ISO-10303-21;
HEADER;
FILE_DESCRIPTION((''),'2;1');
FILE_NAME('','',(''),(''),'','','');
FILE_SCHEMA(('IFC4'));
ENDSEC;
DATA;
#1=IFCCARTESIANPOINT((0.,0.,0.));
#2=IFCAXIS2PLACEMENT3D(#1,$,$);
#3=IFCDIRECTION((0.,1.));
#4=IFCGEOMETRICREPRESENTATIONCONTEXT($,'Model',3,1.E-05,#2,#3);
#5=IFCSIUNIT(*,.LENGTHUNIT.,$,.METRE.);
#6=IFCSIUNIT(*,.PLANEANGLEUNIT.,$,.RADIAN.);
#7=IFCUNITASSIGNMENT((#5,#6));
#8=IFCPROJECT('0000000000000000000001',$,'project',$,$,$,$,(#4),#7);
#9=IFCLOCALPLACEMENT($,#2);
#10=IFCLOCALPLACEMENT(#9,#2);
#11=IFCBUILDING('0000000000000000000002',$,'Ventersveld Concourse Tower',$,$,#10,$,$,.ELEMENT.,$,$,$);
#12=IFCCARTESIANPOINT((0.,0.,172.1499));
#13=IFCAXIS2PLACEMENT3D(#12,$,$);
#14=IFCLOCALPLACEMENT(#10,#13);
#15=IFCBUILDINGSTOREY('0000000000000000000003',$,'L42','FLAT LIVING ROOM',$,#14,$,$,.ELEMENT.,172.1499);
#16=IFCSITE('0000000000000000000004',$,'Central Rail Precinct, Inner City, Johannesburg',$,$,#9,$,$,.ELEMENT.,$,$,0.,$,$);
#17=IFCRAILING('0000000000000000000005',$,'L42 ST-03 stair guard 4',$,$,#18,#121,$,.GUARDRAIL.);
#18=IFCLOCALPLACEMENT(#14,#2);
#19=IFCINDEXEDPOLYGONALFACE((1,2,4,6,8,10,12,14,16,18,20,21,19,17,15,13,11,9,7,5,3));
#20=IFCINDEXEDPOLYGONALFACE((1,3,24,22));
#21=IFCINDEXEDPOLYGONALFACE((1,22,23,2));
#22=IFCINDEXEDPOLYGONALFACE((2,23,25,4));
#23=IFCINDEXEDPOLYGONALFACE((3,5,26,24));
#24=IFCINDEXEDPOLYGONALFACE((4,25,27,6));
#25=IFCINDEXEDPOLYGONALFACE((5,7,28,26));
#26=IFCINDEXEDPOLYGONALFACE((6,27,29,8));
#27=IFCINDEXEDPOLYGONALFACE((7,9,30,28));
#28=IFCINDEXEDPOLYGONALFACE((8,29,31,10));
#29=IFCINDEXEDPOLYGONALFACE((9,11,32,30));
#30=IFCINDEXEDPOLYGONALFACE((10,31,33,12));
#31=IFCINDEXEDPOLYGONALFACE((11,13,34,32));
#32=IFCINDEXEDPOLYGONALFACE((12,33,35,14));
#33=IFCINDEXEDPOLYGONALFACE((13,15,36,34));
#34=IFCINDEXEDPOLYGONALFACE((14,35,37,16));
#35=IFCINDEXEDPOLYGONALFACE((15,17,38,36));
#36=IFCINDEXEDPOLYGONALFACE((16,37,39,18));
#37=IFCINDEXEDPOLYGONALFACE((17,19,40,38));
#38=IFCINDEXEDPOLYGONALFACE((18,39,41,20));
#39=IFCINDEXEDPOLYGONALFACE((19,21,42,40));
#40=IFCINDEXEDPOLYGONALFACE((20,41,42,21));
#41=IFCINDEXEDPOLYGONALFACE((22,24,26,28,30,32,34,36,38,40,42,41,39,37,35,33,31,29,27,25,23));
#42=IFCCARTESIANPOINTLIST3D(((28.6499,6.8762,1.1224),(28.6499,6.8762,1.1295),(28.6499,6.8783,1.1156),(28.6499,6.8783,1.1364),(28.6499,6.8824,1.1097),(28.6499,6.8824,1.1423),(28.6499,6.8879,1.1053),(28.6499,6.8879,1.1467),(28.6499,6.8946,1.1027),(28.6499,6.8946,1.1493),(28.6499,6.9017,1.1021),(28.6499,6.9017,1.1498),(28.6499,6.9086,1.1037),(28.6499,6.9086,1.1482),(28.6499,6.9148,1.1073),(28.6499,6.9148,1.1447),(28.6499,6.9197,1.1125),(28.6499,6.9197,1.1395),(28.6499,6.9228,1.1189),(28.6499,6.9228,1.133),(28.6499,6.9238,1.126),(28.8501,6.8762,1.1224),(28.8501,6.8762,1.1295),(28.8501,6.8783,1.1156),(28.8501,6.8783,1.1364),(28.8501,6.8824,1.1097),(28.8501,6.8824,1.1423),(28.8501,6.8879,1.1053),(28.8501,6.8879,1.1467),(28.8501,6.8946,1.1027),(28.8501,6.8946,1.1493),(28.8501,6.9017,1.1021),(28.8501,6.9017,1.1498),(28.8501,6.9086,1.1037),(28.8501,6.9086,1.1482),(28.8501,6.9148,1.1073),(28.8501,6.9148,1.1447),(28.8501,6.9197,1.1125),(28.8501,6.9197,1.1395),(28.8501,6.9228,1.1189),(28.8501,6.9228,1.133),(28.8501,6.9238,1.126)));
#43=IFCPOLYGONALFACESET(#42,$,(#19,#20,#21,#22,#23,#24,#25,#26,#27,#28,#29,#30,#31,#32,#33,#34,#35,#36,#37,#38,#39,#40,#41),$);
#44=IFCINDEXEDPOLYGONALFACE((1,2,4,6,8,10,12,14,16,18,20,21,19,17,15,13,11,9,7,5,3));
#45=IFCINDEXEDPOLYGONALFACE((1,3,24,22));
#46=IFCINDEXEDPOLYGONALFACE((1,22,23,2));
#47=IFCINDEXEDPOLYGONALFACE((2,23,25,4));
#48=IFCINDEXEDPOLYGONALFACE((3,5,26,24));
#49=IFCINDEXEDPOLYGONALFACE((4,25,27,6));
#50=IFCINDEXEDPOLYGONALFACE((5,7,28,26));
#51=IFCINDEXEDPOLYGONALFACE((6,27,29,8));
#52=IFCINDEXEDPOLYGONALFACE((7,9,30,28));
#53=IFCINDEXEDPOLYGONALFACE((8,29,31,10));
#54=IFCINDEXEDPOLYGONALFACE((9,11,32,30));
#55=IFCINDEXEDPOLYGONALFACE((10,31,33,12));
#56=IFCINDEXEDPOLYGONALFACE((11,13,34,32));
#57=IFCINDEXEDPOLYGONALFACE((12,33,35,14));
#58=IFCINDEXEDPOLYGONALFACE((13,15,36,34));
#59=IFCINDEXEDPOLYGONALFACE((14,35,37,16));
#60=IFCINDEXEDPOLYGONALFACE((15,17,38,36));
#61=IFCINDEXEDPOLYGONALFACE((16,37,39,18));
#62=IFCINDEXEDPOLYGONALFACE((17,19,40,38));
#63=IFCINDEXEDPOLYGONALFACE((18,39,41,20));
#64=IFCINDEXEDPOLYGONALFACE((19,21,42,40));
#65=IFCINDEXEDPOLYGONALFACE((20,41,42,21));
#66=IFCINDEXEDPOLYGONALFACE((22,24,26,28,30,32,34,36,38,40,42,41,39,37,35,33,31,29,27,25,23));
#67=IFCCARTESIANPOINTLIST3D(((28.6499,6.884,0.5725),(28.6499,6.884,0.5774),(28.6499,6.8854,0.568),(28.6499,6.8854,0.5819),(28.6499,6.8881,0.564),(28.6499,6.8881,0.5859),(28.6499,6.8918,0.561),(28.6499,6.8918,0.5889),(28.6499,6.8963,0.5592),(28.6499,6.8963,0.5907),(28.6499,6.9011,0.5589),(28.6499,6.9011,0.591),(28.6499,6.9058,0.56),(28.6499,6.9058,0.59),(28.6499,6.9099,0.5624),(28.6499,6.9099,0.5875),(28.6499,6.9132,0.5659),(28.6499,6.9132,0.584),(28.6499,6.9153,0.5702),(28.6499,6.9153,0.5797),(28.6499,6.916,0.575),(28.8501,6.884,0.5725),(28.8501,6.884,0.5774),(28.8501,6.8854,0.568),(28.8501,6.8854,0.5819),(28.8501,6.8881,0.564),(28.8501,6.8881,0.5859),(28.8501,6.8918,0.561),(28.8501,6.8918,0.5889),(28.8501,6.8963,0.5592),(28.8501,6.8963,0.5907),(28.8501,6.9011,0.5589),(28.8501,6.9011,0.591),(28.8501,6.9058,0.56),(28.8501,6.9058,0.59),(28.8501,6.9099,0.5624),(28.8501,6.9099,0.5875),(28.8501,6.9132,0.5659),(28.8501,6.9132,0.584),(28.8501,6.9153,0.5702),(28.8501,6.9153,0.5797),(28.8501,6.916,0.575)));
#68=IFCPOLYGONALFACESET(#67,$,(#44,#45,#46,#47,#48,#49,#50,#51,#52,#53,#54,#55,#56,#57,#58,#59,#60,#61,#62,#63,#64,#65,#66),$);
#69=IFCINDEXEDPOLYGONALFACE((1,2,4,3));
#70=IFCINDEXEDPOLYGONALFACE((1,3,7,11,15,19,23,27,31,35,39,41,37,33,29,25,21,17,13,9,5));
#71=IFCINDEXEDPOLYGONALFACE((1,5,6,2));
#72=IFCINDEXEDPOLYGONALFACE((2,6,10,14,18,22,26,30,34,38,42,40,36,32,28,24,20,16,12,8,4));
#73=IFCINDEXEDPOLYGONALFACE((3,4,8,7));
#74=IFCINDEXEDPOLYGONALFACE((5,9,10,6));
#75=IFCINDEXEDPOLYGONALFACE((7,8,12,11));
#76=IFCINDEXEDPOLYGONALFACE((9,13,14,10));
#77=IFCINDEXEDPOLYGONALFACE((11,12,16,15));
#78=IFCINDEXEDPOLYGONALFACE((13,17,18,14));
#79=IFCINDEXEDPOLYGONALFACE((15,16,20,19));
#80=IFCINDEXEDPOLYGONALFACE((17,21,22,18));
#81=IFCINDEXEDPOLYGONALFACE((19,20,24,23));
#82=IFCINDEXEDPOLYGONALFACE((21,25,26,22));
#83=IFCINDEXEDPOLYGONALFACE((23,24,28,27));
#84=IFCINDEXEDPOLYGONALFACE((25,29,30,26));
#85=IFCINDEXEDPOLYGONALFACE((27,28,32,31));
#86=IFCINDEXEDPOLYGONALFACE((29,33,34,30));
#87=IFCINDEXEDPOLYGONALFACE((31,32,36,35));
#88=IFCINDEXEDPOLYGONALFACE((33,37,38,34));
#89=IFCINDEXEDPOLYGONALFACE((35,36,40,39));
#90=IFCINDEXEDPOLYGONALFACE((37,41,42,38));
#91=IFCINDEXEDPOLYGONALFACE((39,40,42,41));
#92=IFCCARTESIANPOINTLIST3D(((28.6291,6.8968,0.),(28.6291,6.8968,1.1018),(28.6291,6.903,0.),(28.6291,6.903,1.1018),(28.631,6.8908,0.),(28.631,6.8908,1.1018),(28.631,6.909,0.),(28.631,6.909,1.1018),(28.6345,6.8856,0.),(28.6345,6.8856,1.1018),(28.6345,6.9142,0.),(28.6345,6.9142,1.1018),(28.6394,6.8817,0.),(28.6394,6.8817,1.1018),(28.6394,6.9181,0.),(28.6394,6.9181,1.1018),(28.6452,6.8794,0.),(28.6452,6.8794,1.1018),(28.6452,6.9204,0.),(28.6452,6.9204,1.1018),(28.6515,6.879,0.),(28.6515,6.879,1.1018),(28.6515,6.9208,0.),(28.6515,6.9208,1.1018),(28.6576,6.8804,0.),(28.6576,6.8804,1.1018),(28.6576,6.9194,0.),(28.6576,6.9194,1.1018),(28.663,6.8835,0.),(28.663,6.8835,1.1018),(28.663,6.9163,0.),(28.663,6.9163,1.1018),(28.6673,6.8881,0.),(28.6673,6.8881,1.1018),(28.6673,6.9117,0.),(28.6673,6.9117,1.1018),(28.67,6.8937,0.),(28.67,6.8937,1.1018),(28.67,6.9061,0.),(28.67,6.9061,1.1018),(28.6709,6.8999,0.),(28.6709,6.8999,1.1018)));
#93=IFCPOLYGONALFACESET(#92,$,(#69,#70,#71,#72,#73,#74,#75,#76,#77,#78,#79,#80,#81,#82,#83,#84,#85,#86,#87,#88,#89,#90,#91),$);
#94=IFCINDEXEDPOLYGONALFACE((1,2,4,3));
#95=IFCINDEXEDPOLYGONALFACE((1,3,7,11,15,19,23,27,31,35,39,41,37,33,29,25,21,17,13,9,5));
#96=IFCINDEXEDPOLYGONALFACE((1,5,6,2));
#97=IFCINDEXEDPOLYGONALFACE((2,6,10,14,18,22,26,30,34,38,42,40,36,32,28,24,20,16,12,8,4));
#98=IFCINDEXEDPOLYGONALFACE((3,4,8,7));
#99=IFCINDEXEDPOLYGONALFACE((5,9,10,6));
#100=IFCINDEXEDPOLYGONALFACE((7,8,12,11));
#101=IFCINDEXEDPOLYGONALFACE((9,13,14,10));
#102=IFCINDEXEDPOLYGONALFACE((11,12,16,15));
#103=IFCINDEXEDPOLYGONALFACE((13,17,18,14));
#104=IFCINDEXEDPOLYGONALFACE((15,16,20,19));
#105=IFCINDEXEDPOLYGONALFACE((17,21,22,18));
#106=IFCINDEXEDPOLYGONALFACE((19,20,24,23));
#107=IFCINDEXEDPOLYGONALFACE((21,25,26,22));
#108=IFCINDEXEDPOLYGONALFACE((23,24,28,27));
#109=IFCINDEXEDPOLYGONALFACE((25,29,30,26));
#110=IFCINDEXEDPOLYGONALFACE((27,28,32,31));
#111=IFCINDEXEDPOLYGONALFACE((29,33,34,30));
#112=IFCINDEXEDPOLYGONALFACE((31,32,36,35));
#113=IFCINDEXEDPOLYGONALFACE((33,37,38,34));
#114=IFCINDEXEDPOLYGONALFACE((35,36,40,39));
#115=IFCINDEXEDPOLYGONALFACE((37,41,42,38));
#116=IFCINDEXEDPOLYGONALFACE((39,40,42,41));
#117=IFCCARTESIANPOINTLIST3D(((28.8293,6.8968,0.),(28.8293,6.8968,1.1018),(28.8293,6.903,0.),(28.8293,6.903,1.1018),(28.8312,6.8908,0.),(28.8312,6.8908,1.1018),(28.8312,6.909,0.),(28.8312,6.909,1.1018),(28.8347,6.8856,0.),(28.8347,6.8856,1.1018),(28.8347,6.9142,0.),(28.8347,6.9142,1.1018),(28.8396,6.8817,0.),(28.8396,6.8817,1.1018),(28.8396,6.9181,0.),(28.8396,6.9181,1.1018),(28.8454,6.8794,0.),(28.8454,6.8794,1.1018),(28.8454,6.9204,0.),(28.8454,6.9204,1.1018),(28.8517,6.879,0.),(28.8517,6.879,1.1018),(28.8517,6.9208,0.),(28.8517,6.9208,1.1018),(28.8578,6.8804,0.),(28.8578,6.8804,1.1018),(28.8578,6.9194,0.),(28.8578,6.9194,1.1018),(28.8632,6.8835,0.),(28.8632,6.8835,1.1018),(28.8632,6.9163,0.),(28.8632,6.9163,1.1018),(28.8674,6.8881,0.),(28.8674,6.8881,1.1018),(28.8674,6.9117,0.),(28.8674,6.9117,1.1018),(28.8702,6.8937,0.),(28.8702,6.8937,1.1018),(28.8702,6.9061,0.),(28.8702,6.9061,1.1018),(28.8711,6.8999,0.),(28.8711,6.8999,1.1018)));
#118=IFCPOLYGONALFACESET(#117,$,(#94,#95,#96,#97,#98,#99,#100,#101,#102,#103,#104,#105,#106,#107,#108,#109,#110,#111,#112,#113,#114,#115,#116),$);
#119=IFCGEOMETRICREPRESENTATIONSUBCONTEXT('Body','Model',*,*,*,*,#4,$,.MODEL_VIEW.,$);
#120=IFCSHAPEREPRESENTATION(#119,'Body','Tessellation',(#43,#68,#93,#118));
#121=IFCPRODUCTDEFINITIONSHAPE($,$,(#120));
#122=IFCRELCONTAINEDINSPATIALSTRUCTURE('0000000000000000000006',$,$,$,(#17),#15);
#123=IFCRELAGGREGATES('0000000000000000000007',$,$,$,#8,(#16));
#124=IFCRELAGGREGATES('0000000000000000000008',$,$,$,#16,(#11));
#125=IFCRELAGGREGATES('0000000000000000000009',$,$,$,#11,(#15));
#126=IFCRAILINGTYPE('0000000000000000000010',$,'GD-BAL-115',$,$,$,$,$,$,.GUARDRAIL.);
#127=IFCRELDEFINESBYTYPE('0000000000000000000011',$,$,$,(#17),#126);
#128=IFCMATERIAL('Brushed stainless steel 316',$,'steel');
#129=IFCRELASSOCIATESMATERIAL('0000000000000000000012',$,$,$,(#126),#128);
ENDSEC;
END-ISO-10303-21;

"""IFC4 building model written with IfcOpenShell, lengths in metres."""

from ifc_helpers import new_model, si_unit, direction, frame, origin, origin_2d, place, context, subcontext, project, spatial, circle, extrude, material, type_object, element, save


model = new_model("IFC4")

# Units and contexts
model_context = context("Model", 3, precision=1e-05, world=origin(), true_north=direction((0.0, 1.0)))
body_context = subcontext(model_context, "Body", "Model", "MODEL_VIEW")
ifc_project = project(units=[si_unit("LENGTHUNIT", "METRE"), si_unit("PLANEANGLEUNIT", "RADIAN")], contexts=[model_context])

# Site, building, storey
site_placement = place(None, origin())
site = spatial("IfcSite", under=ifc_project, at=site_placement, Name="Central Rail Precinct, Inner City, Johannesburg", CompositionType="ELEMENT", RefElevation=0.0)
building_placement = place(site_placement, origin())
building = spatial("IfcBuilding", under=site, at=building_placement, Name="Ventersveld Concourse Tower", CompositionType="ELEMENT")
storey_placement = place(building_placement, frame((0.0, 0.0, 172.1499)))
storey = spatial("IfcBuildingStorey", under=building, at=storey_placement, Name="L42", Description="FLAT LIVING ROOM", CompositionType="ELEMENT", Elevation=172.1499)

# Shared definitions
ifc_material_1 = material(Name="Brushed stainless steel 316", Category="steel")

# Railing
railing_type_1 = type_object("IfcRailingType", Name="GD-BAL-115", PredefinedType="GUARDRAIL", material=ifc_material_1)
railing_1_placement = place(storey_placement, frame((28.6499, 6.8999, 0.0)))
element("IfcRailing", 1, at=railing_1_placement, inside=storey, type_object=railing_type_1, Name="L42 ST-03 stair guard 4", PredefinedType="GUARDRAIL", context=body_context, shape_type="SweptSolid", body=[
    extrude(circle(Radius=0.0239, at=origin_2d()), frame((0.0, 0.0, 1.126), z_axis=(1.0, 0.0, 0.0), x_axis=(0.0, 1.0, 0.0)), (0.0, 0.0, 1.0), 0.2002),
    extrude(circle(Radius=0.0161, at=origin_2d()), frame((0.0, 0.0, 0.575), z_axis=(1.0, 0.0, 0.0), x_axis=(0.0, 1.0, 0.0)), (0.0, 0.0, 1.0), 0.2002),
    extrude(circle(Radius=0.021, at=origin_2d()), origin(), (0.0, 0.0, 1.0), 1.1018),
    extrude(circle(Radius=0.021, at=origin_2d()), frame((0.2002, 0.0, 0.0)), (0.0, 0.0, 1.0), 1.1018),
])

save(model, "model.ifc")
